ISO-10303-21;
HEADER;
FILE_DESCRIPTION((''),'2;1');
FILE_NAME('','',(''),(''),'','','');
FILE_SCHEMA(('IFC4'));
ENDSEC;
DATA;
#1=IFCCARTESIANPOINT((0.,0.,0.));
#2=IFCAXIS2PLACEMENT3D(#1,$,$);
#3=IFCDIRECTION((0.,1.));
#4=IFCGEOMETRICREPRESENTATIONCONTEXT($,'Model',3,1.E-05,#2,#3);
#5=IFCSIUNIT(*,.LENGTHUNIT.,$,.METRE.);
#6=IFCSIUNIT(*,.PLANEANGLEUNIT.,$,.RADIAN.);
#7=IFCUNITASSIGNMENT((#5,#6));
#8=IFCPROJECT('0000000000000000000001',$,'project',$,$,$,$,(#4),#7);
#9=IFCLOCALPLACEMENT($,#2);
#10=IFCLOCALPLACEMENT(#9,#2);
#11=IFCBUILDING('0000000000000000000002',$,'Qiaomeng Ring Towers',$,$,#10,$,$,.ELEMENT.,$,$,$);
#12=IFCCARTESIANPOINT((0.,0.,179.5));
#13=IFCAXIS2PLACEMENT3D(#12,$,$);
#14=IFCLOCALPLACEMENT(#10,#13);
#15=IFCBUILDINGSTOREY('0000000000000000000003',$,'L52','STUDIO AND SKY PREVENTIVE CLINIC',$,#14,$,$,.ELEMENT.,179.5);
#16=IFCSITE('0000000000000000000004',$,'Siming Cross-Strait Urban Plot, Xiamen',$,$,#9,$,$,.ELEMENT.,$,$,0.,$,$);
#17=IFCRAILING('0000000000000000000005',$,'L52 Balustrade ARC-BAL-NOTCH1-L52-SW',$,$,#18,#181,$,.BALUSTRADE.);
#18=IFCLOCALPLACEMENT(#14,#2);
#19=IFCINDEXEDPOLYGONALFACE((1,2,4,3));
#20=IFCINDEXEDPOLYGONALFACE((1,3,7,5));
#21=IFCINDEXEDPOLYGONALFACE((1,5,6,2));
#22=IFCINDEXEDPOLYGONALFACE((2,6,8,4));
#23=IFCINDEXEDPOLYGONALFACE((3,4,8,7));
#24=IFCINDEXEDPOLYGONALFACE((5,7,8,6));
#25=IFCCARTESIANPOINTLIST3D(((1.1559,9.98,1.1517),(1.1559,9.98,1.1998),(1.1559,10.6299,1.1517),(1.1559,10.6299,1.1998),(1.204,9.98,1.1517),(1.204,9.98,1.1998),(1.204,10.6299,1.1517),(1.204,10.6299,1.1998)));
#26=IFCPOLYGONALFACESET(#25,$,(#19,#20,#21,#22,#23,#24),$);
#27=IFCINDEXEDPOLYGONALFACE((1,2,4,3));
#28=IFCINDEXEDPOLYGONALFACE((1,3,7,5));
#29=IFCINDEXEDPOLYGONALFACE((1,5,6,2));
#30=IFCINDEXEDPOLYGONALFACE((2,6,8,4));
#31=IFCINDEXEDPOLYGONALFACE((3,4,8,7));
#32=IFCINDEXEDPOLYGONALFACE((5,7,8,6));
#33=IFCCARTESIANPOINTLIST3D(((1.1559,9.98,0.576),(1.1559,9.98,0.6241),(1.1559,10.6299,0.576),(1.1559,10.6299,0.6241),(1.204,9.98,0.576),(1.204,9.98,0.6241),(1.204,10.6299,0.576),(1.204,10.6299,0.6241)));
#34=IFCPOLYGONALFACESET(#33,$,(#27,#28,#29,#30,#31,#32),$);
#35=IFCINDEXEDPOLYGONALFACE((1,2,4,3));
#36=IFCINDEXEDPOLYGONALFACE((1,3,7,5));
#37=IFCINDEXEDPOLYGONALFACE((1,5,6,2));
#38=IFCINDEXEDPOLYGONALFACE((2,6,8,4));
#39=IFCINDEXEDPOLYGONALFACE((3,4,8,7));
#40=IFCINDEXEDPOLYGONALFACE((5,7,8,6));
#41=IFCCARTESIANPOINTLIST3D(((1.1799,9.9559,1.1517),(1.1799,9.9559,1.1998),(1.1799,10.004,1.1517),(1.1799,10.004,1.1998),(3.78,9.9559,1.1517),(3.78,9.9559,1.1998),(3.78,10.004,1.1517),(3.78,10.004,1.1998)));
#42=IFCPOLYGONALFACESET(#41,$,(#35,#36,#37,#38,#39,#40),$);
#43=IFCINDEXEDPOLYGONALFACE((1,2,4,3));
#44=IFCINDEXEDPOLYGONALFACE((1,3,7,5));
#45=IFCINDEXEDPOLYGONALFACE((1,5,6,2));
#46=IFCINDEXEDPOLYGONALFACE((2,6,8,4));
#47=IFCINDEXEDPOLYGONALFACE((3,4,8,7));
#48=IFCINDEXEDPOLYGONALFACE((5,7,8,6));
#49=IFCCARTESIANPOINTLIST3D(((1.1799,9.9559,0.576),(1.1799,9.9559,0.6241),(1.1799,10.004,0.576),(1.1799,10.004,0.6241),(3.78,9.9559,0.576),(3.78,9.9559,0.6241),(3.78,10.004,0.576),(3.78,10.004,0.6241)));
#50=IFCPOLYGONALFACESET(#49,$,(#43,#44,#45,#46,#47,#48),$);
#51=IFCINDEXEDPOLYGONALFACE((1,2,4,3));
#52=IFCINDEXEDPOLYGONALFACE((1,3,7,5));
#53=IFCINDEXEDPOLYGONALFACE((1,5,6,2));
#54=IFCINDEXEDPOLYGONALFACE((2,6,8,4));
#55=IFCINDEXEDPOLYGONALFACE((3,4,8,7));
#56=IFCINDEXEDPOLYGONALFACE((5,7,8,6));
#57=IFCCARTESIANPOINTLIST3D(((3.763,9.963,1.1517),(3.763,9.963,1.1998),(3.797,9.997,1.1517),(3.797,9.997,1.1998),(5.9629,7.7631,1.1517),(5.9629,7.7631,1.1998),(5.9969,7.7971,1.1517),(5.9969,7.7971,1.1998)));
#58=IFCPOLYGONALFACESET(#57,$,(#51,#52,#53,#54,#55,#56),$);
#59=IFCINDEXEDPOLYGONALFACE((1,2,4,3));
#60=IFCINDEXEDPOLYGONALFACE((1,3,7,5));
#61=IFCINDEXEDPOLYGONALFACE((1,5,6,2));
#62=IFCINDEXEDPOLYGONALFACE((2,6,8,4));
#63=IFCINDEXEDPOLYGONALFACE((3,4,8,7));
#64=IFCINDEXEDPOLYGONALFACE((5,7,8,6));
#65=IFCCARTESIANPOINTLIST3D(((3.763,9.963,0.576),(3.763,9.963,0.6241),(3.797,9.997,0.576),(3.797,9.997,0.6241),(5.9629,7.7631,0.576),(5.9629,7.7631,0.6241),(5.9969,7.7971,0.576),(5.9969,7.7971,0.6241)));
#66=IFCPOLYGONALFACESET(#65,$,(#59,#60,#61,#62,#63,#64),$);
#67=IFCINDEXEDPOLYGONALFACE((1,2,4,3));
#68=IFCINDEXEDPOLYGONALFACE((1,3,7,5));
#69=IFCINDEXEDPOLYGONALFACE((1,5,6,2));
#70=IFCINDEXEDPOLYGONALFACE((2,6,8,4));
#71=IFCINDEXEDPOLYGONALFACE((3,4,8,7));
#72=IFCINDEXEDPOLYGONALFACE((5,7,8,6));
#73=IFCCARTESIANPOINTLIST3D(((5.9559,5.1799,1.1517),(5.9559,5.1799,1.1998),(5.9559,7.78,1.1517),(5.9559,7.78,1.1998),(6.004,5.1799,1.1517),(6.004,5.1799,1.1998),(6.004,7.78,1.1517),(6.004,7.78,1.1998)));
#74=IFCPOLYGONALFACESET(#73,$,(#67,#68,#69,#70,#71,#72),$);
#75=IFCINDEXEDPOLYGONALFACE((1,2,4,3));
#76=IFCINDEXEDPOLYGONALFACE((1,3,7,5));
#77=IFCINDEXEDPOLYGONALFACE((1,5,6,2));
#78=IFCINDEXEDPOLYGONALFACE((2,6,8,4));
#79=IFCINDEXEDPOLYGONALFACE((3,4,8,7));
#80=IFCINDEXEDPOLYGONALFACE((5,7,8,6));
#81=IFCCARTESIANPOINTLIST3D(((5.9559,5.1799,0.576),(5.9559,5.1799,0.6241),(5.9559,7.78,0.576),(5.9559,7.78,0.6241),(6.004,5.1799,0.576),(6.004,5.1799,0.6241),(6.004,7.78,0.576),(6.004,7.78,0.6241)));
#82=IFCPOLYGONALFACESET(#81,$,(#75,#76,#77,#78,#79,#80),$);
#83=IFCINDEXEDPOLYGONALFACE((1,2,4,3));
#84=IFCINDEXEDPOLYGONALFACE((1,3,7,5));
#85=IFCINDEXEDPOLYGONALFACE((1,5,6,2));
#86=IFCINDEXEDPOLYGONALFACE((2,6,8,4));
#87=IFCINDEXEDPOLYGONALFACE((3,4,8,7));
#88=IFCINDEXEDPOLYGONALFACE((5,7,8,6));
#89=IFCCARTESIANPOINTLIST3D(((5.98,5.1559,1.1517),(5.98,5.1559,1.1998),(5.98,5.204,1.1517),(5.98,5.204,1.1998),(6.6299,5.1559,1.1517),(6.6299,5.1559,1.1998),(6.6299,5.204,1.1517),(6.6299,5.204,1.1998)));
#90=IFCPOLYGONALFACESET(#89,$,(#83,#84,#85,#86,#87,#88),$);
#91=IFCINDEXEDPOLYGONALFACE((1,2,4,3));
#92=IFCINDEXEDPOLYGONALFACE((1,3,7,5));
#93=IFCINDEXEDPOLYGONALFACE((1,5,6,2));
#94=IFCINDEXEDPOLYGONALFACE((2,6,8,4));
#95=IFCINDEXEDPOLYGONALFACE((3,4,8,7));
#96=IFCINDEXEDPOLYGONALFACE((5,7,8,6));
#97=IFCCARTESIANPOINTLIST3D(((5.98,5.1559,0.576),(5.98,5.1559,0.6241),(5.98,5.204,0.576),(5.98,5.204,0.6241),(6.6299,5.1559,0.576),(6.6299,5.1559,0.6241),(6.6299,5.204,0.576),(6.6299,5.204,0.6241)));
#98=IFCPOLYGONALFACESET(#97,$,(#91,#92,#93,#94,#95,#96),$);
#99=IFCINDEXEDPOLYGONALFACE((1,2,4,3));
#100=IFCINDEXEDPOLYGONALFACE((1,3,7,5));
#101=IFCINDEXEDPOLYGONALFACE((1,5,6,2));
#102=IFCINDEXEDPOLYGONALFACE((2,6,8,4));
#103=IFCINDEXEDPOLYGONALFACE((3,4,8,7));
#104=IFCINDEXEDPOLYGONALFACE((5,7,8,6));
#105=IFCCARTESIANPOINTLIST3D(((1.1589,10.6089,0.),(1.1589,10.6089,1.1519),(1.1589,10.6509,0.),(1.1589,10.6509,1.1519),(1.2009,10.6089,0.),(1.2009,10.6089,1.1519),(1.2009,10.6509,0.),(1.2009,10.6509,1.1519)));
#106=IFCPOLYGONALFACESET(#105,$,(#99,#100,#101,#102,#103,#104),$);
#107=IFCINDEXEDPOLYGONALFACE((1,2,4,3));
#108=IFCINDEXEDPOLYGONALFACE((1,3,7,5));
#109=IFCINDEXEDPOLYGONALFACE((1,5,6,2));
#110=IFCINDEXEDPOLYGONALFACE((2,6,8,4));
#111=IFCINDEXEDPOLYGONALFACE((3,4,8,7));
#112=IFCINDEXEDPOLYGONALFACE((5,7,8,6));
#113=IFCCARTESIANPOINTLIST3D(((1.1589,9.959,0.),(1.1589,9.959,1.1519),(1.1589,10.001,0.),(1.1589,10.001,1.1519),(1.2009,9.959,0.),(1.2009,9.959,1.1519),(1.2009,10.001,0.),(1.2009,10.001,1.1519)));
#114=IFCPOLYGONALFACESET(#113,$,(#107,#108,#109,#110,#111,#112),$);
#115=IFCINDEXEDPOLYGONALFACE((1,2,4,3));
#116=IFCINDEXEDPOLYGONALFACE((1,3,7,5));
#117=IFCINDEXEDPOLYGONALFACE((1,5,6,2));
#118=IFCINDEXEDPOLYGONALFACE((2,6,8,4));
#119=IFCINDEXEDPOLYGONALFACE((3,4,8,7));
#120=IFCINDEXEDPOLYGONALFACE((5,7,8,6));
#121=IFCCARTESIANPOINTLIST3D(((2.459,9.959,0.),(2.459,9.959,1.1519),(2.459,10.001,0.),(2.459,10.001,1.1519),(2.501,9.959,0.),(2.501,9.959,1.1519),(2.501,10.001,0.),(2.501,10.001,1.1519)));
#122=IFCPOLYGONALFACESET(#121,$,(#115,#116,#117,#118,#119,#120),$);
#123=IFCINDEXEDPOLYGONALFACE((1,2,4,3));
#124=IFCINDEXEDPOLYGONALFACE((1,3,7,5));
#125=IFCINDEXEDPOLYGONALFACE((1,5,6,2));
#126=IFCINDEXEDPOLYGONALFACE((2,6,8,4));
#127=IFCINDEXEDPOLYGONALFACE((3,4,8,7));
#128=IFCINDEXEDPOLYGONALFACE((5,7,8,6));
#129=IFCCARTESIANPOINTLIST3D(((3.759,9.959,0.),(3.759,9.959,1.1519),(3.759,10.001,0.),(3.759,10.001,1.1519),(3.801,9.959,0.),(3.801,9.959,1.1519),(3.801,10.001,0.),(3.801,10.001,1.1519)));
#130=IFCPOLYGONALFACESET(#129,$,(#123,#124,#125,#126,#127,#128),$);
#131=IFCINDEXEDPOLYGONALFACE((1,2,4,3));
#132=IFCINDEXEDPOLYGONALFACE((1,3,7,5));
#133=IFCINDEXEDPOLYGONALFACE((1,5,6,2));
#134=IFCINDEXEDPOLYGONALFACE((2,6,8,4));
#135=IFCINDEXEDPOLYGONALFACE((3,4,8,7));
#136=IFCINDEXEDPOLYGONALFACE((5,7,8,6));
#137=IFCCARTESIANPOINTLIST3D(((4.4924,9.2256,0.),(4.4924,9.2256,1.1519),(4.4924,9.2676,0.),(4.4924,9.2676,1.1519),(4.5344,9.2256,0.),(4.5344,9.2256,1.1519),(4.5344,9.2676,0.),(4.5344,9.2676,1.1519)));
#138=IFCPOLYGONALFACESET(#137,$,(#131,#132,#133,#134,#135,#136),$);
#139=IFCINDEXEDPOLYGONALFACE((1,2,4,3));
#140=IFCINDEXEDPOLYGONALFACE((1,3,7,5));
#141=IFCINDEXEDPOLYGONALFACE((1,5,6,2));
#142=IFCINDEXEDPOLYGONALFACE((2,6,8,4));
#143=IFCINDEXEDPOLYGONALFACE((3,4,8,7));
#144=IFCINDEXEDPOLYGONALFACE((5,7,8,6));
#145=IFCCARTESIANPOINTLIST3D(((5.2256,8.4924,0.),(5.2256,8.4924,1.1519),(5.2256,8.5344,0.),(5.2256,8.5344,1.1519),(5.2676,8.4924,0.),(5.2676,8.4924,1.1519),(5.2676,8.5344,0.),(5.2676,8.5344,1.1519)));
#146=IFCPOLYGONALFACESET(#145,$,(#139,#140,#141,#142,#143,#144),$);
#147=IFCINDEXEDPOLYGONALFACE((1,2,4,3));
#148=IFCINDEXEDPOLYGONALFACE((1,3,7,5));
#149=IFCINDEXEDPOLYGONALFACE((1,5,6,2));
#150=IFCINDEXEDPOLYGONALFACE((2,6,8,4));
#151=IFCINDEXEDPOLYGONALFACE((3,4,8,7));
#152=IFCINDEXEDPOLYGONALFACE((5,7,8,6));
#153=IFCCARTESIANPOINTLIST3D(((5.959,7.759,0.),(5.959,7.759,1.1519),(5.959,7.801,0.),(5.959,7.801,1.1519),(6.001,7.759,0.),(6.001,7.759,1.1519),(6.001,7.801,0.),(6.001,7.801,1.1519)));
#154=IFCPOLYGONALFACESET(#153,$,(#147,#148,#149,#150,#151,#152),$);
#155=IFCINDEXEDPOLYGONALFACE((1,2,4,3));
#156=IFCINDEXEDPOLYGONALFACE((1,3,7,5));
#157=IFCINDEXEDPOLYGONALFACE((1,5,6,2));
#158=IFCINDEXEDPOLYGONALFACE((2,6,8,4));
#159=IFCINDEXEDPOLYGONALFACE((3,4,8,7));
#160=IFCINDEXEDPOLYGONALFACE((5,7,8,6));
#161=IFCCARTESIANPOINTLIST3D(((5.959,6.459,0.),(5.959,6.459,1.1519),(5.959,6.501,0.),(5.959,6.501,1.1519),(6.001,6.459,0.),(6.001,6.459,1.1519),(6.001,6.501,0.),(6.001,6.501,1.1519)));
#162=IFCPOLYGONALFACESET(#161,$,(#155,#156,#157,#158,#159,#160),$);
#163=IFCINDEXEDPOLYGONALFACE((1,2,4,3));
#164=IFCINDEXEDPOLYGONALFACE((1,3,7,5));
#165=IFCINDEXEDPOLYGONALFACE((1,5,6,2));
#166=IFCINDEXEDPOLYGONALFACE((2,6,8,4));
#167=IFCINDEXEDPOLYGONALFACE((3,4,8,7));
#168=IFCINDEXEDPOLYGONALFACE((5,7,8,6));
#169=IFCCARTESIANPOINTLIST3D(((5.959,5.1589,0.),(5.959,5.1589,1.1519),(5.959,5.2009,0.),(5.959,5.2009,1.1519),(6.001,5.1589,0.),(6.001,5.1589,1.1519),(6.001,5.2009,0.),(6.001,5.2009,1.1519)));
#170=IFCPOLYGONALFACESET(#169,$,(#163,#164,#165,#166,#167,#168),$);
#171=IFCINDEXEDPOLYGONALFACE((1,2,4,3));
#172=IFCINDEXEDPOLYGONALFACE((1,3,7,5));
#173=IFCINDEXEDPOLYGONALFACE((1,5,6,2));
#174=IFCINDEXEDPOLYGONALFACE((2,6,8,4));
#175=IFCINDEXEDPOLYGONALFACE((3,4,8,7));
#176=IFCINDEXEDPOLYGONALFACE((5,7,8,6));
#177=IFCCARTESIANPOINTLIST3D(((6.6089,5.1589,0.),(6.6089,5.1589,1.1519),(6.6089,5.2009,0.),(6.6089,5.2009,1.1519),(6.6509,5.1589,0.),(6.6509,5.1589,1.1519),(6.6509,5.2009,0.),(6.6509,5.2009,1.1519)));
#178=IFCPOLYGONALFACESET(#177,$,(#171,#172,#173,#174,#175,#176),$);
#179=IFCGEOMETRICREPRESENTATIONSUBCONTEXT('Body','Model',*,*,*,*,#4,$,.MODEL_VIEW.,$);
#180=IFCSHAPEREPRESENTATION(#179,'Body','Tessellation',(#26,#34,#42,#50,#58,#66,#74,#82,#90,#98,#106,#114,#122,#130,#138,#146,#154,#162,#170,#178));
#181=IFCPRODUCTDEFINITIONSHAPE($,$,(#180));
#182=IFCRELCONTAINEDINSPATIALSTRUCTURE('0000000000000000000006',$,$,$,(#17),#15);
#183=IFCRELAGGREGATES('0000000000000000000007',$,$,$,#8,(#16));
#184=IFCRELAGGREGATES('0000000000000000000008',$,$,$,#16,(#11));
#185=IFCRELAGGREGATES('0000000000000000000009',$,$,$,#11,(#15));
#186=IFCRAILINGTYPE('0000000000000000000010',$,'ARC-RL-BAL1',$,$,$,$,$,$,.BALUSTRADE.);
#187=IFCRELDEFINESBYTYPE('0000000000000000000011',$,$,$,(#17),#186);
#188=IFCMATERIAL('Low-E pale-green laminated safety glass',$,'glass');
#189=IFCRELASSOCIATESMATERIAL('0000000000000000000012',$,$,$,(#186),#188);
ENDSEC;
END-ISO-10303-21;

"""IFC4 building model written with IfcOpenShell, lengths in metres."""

from ifc_helpers import new_model, si_unit, direction, frame, origin, origin_2d, place, context, subcontext, project, spatial, rectangle, extrude, material, type_object, element, save


model = new_model("IFC4")

# Units and contexts
model_context = context("Model", 3, precision=1e-05, world=origin(), true_north=direction((0.0, 1.0)))
body_context = subcontext(model_context, "Body", "Model", "MODEL_VIEW")
ifc_project = project(units=[si_unit("LENGTHUNIT", "METRE"), si_unit("PLANEANGLEUNIT", "RADIAN")], contexts=[model_context])

# Site, building, storey
site_placement = place(None, origin())
site = spatial("IfcSite", under=ifc_project, at=site_placement, Name="Siming Cross-Strait Urban Plot, Xiamen", CompositionType="ELEMENT", RefElevation=0.0)
building_placement = place(site_placement, origin())
building = spatial("IfcBuilding", under=site, at=building_placement, Name="Qiaomeng Ring Towers", CompositionType="ELEMENT")
storey_placement = place(building_placement, frame((0.0, 0.0, 179.5)))
storey = spatial("IfcBuildingStorey", under=building, at=storey_placement, Name="L52", Description="STUDIO AND SKY PREVENTIVE CLINIC", CompositionType="ELEMENT", Elevation=179.5)

# Railing
ifc_material_1 = material(Name="Low-E pale-green laminated safety glass", Category="glass")
railing_type = type_object("IfcRailingType", Name="ARC-RL-BAL1", PredefinedType="BALUSTRADE", material=ifc_material_1)
railing_1_placement = place(storey_placement, frame((1.1799, 10.6299, 0.0)))
element("IfcRailing", 1, at=railing_1_placement, inside=storey, type_object=railing_type, Name="L52 Balustrade ARC-BAL-NOTCH1-L52-SW", PredefinedType="BALUSTRADE", context=body_context, shape_type="SweptSolid", body=[
    extrude(rectangle(XDim=0.0481, YDim=0.0481, at=origin_2d()), frame((0.0, 0.0, 1.1758), z_axis=(0.0, -1.0, 0.0), x_axis=(1.0, 0.0, 0.0)), (0.0, 0.0, 1.0), 0.6499),
    extrude(rectangle(XDim=0.0481, YDim=0.0481, at=origin_2d()), frame((0.0, 0.0, 0.6001), z_axis=(0.0, -1.0, 0.0), x_axis=(1.0, 0.0, 0.0)), (0.0, 0.0, 1.0), 0.6499),
    extrude(rectangle(XDim=0.0481, YDim=0.0481, at=origin_2d()), frame((0.0, -0.6499, 1.1758), z_axis=(1.0, 0.0, 0.0), x_axis=(0.0, 1.0, 0.0)), (0.0, 0.0, 1.0), 2.6001),
    extrude(rectangle(XDim=0.0481, YDim=0.0481, at=origin_2d()), frame((0.0, -0.6499, 0.6001), z_axis=(1.0, 0.0, 0.0), x_axis=(0.0, 1.0, 0.0)), (0.0, 0.0, 1.0), 2.6001),
    extrude(rectangle(XDim=0.0481, YDim=0.0481, at=origin_2d()), frame((2.6001, -0.6499, 1.1758), z_axis=(0.707107, -0.707107, 0.0), x_axis=(0.707107, 0.707107, 0.0)), (0.0, 0.0, 1.0), 3.1111),
    extrude(rectangle(XDim=0.0481, YDim=0.0481, at=origin_2d()), frame((2.6001, -0.6499, 0.6001), z_axis=(0.707107, -0.707107, 0.0), x_axis=(0.707107, 0.707107, 0.0)), (0.0, 0.0, 1.0), 3.1111),
    extrude(rectangle(XDim=0.0481, YDim=0.0481, at=origin_2d()), frame((4.8, -2.8499, 1.1758), z_axis=(0.0, -1.0, 0.0), x_axis=(1.0, 0.0, 0.0)), (0.0, 0.0, 1.0), 2.6001),
    extrude(rectangle(XDim=0.0481, YDim=0.0481, at=origin_2d()), frame((4.8, -2.8499, 0.6001), z_axis=(0.0, -1.0, 0.0), x_axis=(1.0, 0.0, 0.0)), (0.0, 0.0, 1.0), 2.6001),
    extrude(rectangle(XDim=0.0481, YDim=0.0481, at=origin_2d()), frame((4.8, -5.45, 1.1758), z_axis=(1.0, 0.0, 0.0), x_axis=(0.0, 1.0, 0.0)), (0.0, 0.0, 1.0), 0.6499),
    extrude(rectangle(XDim=0.0481, YDim=0.0481, at=origin_2d()), frame((4.8, -5.45, 0.6001), z_axis=(1.0, 0.0, 0.0), x_axis=(0.0, 1.0, 0.0)), (0.0, 0.0, 1.0), 0.6499),
    extrude(rectangle(XDim=0.042, YDim=0.042, at=origin_2d()), origin(), (0.0, 0.0, 1.0), 1.1519),
    extrude(rectangle(XDim=0.042, YDim=0.042, at=origin_2d()), frame((0.0, -0.6499, 0.0)), (0.0, 0.0, 1.0), 1.1519),
    extrude(rectangle(XDim=0.042, YDim=0.042, at=origin_2d()), frame((1.3, -0.6499, 0.0)), (0.0, 0.0, 1.0), 1.1519),
    extrude(rectangle(XDim=0.042, YDim=0.042, at=origin_2d()), frame((2.6001, -0.6499, 0.0)), (0.0, 0.0, 1.0), 1.1519),
    extrude(rectangle(XDim=0.042, YDim=0.042, at=origin_2d()), frame((3.3335, -1.3833, 0.0)), (0.0, 0.0, 1.0), 1.1519),
    extrude(rectangle(XDim=0.042, YDim=0.042, at=origin_2d()), frame((4.0667, -2.1165, 0.0)), (0.0, 0.0, 1.0), 1.1519),
    extrude(rectangle(XDim=0.042, YDim=0.042, at=origin_2d()), frame((4.8, -2.8499, 0.0)), (0.0, 0.0, 1.0), 1.1519),
    extrude(rectangle(XDim=0.042, YDim=0.042, at=origin_2d()), frame((4.8, -4.1499, 0.0)), (0.0, 0.0, 1.0), 1.1519),
    extrude(rectangle(XDim=0.042, YDim=0.042, at=origin_2d()), frame((4.8, -5.45, 0.0)), (0.0, 0.0, 1.0), 1.1519),
    extrude(rectangle(XDim=0.042, YDim=0.042, at=origin_2d()), frame((5.45, -5.45, 0.0)), (0.0, 0.0, 1.0), 1.1519),
])

save(model, "model.ifc")
